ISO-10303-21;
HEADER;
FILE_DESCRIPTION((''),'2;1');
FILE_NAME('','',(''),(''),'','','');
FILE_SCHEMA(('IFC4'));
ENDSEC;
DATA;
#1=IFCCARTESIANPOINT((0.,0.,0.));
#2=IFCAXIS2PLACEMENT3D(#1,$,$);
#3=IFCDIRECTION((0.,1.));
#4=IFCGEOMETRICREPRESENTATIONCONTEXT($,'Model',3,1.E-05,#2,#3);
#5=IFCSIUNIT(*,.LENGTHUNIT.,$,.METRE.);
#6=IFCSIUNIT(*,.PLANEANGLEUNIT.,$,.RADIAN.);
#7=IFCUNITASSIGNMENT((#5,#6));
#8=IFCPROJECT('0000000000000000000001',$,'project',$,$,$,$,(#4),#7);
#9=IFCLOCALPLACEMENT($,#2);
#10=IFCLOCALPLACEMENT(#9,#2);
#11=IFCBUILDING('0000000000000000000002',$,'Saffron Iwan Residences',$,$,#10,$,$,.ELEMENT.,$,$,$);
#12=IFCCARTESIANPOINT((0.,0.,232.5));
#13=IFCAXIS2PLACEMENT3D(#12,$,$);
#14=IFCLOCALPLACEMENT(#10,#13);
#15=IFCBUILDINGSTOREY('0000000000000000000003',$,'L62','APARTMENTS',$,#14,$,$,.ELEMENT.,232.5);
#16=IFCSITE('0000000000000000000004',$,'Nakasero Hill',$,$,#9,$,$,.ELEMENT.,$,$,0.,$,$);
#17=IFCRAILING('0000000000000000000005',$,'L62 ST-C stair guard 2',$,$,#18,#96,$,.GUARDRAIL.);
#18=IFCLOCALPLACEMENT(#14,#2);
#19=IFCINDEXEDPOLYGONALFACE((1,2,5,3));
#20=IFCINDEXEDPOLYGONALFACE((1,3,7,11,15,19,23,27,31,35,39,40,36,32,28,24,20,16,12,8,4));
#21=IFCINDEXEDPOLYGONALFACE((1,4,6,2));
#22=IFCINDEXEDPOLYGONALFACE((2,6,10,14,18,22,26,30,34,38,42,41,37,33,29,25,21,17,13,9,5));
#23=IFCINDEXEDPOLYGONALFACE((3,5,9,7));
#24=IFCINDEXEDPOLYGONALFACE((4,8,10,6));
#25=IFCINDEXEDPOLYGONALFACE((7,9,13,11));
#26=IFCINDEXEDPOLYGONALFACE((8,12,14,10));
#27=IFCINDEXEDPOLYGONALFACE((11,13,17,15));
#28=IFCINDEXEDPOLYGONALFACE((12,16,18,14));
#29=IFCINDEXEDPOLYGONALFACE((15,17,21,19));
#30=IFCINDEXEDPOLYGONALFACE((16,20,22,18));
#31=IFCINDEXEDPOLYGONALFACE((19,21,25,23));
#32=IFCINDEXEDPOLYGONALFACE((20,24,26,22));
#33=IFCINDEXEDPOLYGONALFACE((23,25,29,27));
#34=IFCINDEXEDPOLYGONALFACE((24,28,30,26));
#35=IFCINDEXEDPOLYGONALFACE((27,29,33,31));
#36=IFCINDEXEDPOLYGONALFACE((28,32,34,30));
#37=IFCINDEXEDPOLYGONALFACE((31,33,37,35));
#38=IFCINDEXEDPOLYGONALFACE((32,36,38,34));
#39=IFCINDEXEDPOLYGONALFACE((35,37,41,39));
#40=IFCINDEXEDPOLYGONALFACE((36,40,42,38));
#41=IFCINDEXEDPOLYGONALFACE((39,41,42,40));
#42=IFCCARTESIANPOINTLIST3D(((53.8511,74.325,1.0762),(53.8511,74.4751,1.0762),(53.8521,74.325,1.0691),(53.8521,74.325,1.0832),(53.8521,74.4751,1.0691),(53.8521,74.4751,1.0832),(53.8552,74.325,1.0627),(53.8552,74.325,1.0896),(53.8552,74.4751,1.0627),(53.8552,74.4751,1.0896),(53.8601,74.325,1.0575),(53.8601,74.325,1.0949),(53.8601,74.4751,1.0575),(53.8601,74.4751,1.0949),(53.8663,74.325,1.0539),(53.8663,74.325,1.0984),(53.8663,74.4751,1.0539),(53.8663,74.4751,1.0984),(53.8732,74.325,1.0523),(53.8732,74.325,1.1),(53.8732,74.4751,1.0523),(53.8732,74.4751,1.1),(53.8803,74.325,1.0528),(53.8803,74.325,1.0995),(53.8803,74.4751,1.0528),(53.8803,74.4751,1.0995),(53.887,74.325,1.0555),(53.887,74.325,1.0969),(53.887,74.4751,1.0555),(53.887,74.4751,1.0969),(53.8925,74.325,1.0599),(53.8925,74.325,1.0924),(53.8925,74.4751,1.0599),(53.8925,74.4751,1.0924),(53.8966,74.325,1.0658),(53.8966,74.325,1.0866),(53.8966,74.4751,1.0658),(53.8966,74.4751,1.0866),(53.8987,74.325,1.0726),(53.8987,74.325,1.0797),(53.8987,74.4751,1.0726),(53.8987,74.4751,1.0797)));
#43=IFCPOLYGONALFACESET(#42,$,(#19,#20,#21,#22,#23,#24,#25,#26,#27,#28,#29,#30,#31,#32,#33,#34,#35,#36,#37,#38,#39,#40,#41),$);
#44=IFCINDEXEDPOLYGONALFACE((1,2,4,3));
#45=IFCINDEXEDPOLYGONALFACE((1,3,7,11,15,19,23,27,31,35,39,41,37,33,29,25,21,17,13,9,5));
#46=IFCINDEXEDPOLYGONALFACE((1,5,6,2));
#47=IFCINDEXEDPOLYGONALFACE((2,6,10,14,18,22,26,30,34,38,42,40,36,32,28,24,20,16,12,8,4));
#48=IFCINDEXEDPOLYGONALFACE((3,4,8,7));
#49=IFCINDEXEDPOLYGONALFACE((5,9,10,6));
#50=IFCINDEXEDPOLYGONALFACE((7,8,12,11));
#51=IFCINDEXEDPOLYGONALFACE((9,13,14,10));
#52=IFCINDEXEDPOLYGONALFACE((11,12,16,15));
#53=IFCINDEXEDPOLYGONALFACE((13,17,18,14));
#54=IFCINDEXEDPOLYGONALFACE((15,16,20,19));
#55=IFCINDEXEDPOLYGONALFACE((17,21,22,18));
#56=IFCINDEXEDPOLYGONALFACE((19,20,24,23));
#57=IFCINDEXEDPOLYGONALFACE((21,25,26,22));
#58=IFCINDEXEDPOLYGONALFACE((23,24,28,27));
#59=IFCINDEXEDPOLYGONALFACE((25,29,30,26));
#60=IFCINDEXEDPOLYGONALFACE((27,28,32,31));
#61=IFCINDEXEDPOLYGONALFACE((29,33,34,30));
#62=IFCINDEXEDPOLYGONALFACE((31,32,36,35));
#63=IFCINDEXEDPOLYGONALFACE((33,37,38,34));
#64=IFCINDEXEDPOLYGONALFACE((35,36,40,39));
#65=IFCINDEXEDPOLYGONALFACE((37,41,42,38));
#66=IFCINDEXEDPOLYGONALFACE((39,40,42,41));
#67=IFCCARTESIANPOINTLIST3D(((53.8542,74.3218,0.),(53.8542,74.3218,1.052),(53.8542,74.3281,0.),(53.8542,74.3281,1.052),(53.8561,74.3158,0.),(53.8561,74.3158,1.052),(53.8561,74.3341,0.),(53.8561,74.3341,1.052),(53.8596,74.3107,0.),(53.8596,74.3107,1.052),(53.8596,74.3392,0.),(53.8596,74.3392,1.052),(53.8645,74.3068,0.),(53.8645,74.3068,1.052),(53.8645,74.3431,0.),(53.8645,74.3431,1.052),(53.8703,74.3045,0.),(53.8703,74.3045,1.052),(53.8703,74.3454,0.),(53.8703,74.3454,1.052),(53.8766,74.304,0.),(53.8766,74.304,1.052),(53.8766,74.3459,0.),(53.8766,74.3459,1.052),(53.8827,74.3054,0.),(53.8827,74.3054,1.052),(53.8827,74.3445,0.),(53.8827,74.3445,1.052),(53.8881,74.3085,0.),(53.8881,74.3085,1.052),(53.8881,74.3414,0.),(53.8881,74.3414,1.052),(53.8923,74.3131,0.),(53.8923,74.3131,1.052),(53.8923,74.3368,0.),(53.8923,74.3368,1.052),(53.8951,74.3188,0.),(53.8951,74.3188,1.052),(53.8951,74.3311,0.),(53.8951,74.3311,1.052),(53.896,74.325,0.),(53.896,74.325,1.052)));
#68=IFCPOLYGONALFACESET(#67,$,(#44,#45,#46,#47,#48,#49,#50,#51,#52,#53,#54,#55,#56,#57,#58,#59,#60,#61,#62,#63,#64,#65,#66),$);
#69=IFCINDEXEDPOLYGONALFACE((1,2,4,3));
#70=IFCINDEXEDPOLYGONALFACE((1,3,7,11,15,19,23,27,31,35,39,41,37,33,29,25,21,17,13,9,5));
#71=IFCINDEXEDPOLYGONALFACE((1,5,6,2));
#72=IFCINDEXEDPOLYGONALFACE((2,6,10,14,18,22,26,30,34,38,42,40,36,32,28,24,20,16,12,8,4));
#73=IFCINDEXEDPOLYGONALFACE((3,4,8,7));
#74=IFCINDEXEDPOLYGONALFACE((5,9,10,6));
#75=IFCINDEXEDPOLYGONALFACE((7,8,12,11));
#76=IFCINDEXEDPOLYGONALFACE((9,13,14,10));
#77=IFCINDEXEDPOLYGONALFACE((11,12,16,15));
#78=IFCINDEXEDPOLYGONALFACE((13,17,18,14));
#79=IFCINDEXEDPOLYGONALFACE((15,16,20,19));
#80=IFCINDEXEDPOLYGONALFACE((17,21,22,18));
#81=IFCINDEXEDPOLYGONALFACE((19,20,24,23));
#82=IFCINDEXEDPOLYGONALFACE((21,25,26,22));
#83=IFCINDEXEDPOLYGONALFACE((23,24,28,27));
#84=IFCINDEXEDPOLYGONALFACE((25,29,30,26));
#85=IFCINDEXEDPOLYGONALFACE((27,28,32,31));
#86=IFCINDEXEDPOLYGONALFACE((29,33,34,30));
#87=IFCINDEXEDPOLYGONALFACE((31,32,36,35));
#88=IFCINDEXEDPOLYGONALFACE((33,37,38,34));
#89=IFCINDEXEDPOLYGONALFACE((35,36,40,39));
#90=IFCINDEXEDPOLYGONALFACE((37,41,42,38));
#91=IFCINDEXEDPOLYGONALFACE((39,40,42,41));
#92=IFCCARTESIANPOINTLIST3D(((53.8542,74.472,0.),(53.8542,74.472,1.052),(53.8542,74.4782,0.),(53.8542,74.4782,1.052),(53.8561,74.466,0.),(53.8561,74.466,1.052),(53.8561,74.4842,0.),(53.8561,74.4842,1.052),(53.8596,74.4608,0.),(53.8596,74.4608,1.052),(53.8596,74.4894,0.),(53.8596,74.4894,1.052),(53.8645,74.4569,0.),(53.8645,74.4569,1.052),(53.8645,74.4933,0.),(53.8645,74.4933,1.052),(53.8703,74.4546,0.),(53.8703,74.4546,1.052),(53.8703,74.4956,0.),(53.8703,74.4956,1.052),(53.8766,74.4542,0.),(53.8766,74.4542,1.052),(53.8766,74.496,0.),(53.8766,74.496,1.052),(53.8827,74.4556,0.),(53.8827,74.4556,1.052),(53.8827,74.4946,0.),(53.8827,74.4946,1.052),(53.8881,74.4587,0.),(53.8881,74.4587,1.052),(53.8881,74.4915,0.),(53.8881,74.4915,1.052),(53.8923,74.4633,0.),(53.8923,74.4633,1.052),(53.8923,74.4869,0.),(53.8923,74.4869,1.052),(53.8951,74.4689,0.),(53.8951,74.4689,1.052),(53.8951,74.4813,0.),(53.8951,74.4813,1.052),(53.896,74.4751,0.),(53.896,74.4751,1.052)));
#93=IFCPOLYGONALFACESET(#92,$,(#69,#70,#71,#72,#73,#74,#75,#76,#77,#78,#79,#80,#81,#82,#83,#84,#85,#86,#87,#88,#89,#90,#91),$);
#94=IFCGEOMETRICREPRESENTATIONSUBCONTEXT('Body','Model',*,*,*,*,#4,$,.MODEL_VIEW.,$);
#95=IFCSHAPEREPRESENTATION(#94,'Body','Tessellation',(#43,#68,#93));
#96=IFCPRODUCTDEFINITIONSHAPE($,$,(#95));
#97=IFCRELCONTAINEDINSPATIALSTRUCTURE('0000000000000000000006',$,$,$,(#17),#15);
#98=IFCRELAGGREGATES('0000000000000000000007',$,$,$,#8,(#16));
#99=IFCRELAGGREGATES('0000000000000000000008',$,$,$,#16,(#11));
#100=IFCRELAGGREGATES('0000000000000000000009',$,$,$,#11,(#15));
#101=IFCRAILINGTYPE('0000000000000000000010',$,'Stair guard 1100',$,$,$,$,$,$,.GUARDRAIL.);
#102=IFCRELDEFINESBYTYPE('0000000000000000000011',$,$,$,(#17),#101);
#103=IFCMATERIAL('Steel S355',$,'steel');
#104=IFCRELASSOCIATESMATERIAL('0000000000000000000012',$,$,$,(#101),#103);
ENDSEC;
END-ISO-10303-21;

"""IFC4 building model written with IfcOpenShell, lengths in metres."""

from ifc_helpers import new_model, si_unit, direction, frame, origin, origin_2d, place, context, subcontext, project, spatial, circle, extrude, material, type_object, element, save


model = new_model("IFC4")

# Units and contexts
model_context = context("Model", 3, precision=1e-05, world=origin(), true_north=direction((0.0, 1.0)))
body_context = subcontext(model_context, "Body", "Model", "MODEL_VIEW")
ifc_project = project(units=[si_unit("LENGTHUNIT", "METRE"), si_unit("PLANEANGLEUNIT", "RADIAN")], contexts=[model_context])

# Site, building, storey
site_placement = place(None, origin())
site = spatial("IfcSite", under=ifc_project, at=site_placement, Name="Nakasero Hill", CompositionType="ELEMENT", RefElevation=0.0)
building_placement = place(site_placement, origin())
building = spatial("IfcBuilding", under=site, at=building_placement, Name="Saffron Iwan Residences", CompositionType="ELEMENT")
storey_placement = place(building_placement, frame((0.0, 0.0, 232.5)))
storey = spatial("IfcBuildingStorey", under=building, at=storey_placement, Name="L62", Description="APARTMENTS", CompositionType="ELEMENT", Elevation=232.5)

# Railing
ifc_material_1 = material(Name="Steel S355", Category="steel")
railing_type_1 = type_object("IfcRailingType", Name="Stair guard 1100", PredefinedType="GUARDRAIL", material=ifc_material_1)
railing_1_placement = place(storey_placement, frame((53.875, 74.325, 0.0)))
element("IfcRailing", 1, at=railing_1_placement, inside=storey, type_object=railing_type_1, Name="L62 ST-C stair guard 2", PredefinedType="GUARDRAIL", context=body_context, shape_type="SweptSolid", body=[
    extrude(circle(Radius=0.0239, at=origin_2d()), frame((0.0, 0.0, 1.0762), z_axis=(0.0, 1.0, 0.0), x_axis=(-1.0, 0.0, 0.0)), (0.0, 0.0, 1.0), 0.1501),
    extrude(circle(Radius=0.021, at=origin_2d()), origin(), (0.0, 0.0, 1.0), 1.052),
    extrude(circle(Radius=0.021, at=origin_2d()), frame((0.0, 0.1501, 0.0)), (0.0, 0.0, 1.0), 1.052),
])

save(model, "model.ifc")
